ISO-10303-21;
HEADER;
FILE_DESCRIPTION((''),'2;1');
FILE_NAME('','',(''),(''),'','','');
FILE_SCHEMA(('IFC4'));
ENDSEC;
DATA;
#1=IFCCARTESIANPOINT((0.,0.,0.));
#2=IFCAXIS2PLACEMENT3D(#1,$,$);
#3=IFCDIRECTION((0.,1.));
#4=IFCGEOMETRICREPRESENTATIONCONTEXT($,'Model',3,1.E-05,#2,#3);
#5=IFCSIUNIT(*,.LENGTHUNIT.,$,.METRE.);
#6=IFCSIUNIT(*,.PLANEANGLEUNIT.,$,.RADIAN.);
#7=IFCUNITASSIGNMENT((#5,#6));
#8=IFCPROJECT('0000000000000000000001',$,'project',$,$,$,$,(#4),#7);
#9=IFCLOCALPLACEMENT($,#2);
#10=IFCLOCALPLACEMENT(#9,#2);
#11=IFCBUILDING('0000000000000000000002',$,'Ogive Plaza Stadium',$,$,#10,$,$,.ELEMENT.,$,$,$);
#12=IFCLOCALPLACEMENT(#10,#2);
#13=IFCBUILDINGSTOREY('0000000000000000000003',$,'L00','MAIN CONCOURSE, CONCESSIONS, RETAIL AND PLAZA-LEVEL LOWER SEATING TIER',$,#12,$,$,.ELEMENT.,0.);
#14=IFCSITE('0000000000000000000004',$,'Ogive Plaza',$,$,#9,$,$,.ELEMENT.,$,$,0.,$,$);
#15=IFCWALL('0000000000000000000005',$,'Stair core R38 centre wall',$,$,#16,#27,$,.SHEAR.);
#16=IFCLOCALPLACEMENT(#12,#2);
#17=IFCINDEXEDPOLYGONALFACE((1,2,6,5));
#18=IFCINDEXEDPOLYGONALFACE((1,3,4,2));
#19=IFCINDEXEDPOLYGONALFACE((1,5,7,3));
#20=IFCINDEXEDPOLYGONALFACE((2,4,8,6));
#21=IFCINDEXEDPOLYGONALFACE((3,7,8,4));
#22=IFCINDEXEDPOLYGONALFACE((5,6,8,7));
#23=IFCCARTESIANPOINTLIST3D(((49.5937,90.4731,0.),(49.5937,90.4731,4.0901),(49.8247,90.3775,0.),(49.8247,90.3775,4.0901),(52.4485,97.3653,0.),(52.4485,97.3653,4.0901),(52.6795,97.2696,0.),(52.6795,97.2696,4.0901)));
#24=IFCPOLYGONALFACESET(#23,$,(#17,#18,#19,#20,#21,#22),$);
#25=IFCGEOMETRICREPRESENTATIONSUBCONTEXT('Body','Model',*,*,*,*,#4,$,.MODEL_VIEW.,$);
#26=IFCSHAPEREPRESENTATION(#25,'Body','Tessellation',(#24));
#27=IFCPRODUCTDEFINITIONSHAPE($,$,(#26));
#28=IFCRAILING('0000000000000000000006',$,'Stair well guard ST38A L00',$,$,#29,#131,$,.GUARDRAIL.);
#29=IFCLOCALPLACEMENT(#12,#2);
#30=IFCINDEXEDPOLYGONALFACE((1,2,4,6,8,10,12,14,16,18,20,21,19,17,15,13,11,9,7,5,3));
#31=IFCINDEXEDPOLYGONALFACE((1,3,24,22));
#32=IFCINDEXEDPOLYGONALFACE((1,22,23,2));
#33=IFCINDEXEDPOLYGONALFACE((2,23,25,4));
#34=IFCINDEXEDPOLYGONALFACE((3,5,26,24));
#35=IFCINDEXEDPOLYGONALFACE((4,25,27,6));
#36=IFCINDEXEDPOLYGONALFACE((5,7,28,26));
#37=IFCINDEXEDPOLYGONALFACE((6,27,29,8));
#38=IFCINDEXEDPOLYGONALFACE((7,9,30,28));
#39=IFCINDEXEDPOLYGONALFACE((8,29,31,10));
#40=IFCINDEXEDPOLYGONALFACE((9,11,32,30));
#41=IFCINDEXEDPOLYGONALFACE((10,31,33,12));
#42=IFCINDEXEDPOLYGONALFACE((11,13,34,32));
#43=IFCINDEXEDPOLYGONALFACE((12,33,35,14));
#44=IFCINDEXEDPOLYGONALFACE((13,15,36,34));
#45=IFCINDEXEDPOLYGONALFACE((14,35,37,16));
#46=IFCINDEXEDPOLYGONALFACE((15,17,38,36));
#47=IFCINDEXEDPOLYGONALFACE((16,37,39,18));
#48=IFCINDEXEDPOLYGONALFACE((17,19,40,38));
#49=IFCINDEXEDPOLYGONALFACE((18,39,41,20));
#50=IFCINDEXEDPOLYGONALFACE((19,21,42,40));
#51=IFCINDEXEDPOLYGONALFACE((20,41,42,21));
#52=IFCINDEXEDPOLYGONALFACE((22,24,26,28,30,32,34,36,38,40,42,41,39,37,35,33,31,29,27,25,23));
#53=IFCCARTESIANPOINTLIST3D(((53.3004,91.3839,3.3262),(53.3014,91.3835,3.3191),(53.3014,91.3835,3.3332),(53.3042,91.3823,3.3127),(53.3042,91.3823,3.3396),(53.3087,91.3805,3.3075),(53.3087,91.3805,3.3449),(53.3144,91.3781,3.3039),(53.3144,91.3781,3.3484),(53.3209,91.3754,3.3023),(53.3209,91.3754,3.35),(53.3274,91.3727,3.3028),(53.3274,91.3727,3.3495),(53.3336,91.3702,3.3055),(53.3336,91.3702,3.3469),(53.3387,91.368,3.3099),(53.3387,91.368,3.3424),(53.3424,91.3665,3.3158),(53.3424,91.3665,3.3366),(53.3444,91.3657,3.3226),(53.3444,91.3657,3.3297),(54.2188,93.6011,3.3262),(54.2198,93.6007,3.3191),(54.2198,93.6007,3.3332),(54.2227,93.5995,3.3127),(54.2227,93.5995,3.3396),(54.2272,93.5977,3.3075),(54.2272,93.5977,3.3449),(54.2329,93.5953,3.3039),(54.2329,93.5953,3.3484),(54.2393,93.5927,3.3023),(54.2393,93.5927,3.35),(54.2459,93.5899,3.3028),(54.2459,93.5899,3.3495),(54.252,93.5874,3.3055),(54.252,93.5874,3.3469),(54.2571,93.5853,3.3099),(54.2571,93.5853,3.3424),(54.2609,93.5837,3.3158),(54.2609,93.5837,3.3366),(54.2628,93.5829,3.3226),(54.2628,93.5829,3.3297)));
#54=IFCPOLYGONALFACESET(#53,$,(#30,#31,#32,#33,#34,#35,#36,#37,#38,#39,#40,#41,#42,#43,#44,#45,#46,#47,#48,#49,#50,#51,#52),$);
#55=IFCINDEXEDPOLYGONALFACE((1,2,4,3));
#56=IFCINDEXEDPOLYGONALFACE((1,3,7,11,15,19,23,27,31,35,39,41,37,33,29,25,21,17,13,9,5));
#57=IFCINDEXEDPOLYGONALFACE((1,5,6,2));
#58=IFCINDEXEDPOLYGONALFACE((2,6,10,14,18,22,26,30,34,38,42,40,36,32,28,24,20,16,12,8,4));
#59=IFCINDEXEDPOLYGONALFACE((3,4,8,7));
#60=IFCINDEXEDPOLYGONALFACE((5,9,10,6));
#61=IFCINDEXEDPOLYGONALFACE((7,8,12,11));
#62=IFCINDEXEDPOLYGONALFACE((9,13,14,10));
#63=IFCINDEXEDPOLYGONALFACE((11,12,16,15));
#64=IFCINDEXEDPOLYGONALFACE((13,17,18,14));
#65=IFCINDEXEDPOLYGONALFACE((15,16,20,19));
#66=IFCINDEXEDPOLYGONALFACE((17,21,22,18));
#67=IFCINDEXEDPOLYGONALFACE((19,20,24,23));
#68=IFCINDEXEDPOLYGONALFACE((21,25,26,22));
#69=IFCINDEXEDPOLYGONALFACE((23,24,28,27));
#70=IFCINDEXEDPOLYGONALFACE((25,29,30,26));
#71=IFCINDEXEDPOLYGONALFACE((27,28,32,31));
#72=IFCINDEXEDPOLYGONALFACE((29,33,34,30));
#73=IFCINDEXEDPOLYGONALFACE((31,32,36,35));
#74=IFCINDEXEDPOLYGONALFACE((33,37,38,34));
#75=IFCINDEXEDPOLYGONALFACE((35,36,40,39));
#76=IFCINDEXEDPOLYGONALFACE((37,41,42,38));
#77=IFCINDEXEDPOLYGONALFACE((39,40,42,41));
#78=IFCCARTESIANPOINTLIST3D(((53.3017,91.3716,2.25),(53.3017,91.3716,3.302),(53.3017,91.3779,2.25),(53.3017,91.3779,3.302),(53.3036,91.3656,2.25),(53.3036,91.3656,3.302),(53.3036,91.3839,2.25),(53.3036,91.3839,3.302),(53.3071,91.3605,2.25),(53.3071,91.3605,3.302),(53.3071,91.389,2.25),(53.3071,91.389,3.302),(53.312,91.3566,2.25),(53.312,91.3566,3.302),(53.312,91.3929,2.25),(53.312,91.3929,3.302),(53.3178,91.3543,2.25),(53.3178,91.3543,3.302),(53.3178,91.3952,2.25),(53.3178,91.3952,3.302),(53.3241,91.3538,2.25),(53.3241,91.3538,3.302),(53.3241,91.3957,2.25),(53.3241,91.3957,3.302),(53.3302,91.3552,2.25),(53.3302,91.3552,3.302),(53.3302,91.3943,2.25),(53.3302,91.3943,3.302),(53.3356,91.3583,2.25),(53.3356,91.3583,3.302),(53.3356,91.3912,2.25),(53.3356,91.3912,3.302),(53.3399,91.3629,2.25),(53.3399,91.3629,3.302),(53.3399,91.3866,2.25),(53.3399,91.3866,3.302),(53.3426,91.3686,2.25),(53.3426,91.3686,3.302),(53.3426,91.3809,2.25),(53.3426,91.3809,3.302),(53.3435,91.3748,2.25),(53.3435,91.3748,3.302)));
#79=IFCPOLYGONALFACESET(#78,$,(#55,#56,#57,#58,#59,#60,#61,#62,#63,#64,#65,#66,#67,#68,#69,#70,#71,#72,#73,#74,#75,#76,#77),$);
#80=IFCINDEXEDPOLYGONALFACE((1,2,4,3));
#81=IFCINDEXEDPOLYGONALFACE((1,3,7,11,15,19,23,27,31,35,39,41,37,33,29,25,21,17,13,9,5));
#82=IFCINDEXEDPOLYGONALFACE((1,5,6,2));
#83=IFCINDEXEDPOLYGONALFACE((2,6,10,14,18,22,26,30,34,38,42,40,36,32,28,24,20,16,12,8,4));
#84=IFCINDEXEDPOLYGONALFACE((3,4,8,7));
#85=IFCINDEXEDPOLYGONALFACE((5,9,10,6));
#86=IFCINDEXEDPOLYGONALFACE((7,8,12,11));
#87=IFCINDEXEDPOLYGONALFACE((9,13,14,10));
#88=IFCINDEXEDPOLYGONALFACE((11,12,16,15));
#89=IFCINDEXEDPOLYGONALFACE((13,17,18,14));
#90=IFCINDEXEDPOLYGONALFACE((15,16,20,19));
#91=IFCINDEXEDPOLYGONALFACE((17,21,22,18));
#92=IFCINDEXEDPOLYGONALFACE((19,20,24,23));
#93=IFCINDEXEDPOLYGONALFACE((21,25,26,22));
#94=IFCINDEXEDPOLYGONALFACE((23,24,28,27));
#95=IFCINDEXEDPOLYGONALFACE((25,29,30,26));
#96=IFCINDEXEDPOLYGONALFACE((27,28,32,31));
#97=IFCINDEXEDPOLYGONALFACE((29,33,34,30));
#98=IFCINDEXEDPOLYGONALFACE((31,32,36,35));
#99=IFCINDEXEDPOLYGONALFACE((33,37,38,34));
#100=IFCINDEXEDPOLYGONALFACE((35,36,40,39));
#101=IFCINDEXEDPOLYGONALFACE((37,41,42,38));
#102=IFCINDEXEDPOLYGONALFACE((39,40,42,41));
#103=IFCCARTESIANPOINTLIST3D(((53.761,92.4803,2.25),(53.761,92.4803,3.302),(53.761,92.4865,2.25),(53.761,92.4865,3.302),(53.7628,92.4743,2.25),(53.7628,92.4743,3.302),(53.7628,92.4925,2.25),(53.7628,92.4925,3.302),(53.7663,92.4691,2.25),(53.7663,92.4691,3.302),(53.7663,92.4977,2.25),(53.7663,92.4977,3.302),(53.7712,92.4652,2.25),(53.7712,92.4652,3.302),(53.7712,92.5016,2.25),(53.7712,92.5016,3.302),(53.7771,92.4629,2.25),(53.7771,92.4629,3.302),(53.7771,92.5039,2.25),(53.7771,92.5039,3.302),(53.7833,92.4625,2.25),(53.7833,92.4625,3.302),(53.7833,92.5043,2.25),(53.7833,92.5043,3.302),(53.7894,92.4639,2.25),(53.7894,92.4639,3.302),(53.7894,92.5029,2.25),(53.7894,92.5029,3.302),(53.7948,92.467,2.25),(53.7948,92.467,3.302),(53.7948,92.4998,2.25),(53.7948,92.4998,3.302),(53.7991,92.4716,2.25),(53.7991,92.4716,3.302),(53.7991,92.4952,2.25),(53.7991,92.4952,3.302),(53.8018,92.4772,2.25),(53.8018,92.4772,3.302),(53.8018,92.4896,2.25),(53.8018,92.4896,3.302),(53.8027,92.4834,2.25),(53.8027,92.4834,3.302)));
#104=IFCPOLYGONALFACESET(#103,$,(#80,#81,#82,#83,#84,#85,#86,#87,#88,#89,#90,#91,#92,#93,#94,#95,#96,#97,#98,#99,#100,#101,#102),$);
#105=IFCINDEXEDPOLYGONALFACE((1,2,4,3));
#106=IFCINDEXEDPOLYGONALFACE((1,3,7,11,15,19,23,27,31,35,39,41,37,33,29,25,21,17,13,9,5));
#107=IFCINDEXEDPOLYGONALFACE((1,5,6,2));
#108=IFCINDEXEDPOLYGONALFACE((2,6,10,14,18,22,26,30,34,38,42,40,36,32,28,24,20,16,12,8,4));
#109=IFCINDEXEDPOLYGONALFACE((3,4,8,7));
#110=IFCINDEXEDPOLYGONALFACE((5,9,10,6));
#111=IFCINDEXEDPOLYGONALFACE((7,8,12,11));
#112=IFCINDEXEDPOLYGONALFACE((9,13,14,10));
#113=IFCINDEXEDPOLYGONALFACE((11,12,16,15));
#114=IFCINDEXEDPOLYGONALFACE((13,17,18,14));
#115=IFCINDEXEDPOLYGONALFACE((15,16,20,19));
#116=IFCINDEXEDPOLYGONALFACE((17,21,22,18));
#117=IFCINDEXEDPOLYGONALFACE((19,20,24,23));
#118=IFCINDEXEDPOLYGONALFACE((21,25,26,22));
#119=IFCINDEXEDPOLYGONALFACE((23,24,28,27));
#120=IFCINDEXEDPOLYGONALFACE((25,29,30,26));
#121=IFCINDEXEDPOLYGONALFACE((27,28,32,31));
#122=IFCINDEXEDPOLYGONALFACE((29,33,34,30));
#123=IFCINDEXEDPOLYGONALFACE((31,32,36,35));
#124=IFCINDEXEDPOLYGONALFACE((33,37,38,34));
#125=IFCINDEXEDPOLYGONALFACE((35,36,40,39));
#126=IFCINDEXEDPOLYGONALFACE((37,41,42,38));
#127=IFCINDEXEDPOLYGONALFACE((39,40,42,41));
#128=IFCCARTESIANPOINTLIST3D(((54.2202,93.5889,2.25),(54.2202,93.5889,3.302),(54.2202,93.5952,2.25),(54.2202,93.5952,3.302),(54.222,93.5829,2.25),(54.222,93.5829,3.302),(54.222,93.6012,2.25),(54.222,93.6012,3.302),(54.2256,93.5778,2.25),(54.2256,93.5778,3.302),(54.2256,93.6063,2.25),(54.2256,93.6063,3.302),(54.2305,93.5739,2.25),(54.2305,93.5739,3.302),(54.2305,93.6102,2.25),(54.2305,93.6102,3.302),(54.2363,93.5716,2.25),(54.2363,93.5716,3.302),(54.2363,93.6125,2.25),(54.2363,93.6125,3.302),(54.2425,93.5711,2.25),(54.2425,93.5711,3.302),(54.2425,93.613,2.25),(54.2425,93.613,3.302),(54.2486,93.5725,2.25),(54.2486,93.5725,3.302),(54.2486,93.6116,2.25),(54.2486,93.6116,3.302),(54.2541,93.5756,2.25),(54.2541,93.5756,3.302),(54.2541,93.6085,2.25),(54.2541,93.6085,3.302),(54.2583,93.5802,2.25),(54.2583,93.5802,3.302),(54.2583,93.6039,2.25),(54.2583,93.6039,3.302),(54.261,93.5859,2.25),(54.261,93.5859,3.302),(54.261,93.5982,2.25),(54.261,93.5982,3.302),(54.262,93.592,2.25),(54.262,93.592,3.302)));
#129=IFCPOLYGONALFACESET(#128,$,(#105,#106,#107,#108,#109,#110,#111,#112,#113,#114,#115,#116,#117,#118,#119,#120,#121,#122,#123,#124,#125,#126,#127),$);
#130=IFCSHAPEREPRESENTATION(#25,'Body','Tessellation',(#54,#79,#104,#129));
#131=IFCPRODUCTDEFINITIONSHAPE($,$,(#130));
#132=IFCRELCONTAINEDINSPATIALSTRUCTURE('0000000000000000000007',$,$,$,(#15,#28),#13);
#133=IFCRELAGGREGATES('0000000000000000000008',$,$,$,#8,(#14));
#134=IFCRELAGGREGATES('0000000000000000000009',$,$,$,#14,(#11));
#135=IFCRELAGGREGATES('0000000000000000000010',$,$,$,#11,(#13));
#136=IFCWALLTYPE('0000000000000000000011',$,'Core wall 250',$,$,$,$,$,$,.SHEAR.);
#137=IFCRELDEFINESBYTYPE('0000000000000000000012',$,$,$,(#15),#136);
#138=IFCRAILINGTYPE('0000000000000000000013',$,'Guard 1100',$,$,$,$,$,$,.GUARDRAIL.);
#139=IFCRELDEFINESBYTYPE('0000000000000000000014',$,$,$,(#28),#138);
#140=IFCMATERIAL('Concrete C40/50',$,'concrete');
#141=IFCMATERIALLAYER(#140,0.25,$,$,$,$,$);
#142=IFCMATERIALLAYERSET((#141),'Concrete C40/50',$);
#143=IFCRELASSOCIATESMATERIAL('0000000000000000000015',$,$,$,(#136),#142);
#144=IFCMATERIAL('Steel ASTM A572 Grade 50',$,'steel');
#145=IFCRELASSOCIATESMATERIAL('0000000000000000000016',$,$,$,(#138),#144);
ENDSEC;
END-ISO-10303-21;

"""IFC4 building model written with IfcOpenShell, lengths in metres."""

from ifc_helpers import new_model, si_unit, direction, frame, frame_2d, origin, origin_2d, place, context, subcontext, project, spatial, rectangle, circle, extrude, material, layer, layer_set, type_object, element, save


model = new_model("IFC4")

# Units and contexts
model_context = context("Model", 3, precision=1e-05, world=origin(), true_north=direction((0.0, 1.0)))
body_context = subcontext(model_context, "Body", "Model", "MODEL_VIEW")
ifc_project = project(units=[si_unit("LENGTHUNIT", "METRE"), si_unit("PLANEANGLEUNIT", "RADIAN")], contexts=[model_context])

# Site, building, storey
site_placement = place(None, origin())
site = spatial("IfcSite", under=ifc_project, at=site_placement, Name="Ogive Plaza", CompositionType="ELEMENT", RefElevation=0.0)
building_placement = place(site_placement, origin())
building = spatial("IfcBuilding", under=site, at=building_placement, Name="Ogive Plaza Stadium", CompositionType="ELEMENT")
storey_placement = place(building_placement, origin())
storey = spatial("IfcBuildingStorey", under=building, at=storey_placement, Name="L00", Description="MAIN CONCOURSE, CONCESSIONS, RETAIL AND PLAZA-LEVEL LOWER SEATING TIER", CompositionType="ELEMENT", Elevation=0.0)

# Shared definitions
ifc_material_1 = material(Name="Concrete C40/50", Category="concrete")
ifc_layer_1 = layer(ifc_material_1, 0.25)
ifc_layer_set_1 = layer_set([ifc_layer_1], Name="Concrete C40/50")
wall_type_1 = type_object("IfcWallType", Name="Core wall 250", PredefinedType="SHEAR", material=ifc_layer_set_1)

# Wall
wall_1_placement = place(storey_placement, frame((49.7092, 90.4253, 0.0), z_axis=(0.0, 0.0, 1.0), x_axis=(0.382676, 0.923882, 0.0)))
element("IfcWall", 1, at=wall_1_placement, inside=storey, type_object=wall_type_1, Name="Stair core R38 centre wall", PredefinedType="SHEAR", context=body_context, shape_type="SweptSolid", body=[
    extrude(rectangle(XDim=7.46, YDim=0.25, at=frame_2d((3.73, 0.0))), origin(), (0.0, 0.0, 1.0), 4.0901),
])

# Railing
ifc_material_2 = material(Name="Steel ASTM A572 Grade 50", Category="steel")
railing_type_1 = type_object("IfcRailingType", Name="Guard 1100", PredefinedType="GUARDRAIL", material=ifc_material_2)
railing_1_placement = place(storey_placement, frame((53.3225, 91.3748, 2.25)))
element("IfcRailing", 2, at=railing_1_placement, inside=storey, type_object=railing_type_1, Name="Stair well guard ST38A L00", PredefinedType="GUARDRAIL", context=body_context, shape_type="SweptSolid", body=[
    extrude(circle(Radius=0.0239, at=origin_2d()), frame((0.0, 0.0, 1.0762), z_axis=(0.382693, 0.923875, 0.0), x_axis=(-0.923875, 0.382693, 0.0)), (0.0, 0.0, 1.0), 2.3999),
    extrude(circle(Radius=0.021, at=origin_2d()), origin(), (0.0, 0.0, 1.0), 1.052),
    extrude(circle(Radius=0.021, at=origin_2d()), frame((0.4592, 1.1086, 0.0)), (0.0, 0.0, 1.0), 1.052),
    extrude(circle(Radius=0.021, at=origin_2d()), frame((0.9185, 2.2173, 0.0)), (0.0, 0.0, 1.0), 1.052),
])

save(model, "model.ifc")
